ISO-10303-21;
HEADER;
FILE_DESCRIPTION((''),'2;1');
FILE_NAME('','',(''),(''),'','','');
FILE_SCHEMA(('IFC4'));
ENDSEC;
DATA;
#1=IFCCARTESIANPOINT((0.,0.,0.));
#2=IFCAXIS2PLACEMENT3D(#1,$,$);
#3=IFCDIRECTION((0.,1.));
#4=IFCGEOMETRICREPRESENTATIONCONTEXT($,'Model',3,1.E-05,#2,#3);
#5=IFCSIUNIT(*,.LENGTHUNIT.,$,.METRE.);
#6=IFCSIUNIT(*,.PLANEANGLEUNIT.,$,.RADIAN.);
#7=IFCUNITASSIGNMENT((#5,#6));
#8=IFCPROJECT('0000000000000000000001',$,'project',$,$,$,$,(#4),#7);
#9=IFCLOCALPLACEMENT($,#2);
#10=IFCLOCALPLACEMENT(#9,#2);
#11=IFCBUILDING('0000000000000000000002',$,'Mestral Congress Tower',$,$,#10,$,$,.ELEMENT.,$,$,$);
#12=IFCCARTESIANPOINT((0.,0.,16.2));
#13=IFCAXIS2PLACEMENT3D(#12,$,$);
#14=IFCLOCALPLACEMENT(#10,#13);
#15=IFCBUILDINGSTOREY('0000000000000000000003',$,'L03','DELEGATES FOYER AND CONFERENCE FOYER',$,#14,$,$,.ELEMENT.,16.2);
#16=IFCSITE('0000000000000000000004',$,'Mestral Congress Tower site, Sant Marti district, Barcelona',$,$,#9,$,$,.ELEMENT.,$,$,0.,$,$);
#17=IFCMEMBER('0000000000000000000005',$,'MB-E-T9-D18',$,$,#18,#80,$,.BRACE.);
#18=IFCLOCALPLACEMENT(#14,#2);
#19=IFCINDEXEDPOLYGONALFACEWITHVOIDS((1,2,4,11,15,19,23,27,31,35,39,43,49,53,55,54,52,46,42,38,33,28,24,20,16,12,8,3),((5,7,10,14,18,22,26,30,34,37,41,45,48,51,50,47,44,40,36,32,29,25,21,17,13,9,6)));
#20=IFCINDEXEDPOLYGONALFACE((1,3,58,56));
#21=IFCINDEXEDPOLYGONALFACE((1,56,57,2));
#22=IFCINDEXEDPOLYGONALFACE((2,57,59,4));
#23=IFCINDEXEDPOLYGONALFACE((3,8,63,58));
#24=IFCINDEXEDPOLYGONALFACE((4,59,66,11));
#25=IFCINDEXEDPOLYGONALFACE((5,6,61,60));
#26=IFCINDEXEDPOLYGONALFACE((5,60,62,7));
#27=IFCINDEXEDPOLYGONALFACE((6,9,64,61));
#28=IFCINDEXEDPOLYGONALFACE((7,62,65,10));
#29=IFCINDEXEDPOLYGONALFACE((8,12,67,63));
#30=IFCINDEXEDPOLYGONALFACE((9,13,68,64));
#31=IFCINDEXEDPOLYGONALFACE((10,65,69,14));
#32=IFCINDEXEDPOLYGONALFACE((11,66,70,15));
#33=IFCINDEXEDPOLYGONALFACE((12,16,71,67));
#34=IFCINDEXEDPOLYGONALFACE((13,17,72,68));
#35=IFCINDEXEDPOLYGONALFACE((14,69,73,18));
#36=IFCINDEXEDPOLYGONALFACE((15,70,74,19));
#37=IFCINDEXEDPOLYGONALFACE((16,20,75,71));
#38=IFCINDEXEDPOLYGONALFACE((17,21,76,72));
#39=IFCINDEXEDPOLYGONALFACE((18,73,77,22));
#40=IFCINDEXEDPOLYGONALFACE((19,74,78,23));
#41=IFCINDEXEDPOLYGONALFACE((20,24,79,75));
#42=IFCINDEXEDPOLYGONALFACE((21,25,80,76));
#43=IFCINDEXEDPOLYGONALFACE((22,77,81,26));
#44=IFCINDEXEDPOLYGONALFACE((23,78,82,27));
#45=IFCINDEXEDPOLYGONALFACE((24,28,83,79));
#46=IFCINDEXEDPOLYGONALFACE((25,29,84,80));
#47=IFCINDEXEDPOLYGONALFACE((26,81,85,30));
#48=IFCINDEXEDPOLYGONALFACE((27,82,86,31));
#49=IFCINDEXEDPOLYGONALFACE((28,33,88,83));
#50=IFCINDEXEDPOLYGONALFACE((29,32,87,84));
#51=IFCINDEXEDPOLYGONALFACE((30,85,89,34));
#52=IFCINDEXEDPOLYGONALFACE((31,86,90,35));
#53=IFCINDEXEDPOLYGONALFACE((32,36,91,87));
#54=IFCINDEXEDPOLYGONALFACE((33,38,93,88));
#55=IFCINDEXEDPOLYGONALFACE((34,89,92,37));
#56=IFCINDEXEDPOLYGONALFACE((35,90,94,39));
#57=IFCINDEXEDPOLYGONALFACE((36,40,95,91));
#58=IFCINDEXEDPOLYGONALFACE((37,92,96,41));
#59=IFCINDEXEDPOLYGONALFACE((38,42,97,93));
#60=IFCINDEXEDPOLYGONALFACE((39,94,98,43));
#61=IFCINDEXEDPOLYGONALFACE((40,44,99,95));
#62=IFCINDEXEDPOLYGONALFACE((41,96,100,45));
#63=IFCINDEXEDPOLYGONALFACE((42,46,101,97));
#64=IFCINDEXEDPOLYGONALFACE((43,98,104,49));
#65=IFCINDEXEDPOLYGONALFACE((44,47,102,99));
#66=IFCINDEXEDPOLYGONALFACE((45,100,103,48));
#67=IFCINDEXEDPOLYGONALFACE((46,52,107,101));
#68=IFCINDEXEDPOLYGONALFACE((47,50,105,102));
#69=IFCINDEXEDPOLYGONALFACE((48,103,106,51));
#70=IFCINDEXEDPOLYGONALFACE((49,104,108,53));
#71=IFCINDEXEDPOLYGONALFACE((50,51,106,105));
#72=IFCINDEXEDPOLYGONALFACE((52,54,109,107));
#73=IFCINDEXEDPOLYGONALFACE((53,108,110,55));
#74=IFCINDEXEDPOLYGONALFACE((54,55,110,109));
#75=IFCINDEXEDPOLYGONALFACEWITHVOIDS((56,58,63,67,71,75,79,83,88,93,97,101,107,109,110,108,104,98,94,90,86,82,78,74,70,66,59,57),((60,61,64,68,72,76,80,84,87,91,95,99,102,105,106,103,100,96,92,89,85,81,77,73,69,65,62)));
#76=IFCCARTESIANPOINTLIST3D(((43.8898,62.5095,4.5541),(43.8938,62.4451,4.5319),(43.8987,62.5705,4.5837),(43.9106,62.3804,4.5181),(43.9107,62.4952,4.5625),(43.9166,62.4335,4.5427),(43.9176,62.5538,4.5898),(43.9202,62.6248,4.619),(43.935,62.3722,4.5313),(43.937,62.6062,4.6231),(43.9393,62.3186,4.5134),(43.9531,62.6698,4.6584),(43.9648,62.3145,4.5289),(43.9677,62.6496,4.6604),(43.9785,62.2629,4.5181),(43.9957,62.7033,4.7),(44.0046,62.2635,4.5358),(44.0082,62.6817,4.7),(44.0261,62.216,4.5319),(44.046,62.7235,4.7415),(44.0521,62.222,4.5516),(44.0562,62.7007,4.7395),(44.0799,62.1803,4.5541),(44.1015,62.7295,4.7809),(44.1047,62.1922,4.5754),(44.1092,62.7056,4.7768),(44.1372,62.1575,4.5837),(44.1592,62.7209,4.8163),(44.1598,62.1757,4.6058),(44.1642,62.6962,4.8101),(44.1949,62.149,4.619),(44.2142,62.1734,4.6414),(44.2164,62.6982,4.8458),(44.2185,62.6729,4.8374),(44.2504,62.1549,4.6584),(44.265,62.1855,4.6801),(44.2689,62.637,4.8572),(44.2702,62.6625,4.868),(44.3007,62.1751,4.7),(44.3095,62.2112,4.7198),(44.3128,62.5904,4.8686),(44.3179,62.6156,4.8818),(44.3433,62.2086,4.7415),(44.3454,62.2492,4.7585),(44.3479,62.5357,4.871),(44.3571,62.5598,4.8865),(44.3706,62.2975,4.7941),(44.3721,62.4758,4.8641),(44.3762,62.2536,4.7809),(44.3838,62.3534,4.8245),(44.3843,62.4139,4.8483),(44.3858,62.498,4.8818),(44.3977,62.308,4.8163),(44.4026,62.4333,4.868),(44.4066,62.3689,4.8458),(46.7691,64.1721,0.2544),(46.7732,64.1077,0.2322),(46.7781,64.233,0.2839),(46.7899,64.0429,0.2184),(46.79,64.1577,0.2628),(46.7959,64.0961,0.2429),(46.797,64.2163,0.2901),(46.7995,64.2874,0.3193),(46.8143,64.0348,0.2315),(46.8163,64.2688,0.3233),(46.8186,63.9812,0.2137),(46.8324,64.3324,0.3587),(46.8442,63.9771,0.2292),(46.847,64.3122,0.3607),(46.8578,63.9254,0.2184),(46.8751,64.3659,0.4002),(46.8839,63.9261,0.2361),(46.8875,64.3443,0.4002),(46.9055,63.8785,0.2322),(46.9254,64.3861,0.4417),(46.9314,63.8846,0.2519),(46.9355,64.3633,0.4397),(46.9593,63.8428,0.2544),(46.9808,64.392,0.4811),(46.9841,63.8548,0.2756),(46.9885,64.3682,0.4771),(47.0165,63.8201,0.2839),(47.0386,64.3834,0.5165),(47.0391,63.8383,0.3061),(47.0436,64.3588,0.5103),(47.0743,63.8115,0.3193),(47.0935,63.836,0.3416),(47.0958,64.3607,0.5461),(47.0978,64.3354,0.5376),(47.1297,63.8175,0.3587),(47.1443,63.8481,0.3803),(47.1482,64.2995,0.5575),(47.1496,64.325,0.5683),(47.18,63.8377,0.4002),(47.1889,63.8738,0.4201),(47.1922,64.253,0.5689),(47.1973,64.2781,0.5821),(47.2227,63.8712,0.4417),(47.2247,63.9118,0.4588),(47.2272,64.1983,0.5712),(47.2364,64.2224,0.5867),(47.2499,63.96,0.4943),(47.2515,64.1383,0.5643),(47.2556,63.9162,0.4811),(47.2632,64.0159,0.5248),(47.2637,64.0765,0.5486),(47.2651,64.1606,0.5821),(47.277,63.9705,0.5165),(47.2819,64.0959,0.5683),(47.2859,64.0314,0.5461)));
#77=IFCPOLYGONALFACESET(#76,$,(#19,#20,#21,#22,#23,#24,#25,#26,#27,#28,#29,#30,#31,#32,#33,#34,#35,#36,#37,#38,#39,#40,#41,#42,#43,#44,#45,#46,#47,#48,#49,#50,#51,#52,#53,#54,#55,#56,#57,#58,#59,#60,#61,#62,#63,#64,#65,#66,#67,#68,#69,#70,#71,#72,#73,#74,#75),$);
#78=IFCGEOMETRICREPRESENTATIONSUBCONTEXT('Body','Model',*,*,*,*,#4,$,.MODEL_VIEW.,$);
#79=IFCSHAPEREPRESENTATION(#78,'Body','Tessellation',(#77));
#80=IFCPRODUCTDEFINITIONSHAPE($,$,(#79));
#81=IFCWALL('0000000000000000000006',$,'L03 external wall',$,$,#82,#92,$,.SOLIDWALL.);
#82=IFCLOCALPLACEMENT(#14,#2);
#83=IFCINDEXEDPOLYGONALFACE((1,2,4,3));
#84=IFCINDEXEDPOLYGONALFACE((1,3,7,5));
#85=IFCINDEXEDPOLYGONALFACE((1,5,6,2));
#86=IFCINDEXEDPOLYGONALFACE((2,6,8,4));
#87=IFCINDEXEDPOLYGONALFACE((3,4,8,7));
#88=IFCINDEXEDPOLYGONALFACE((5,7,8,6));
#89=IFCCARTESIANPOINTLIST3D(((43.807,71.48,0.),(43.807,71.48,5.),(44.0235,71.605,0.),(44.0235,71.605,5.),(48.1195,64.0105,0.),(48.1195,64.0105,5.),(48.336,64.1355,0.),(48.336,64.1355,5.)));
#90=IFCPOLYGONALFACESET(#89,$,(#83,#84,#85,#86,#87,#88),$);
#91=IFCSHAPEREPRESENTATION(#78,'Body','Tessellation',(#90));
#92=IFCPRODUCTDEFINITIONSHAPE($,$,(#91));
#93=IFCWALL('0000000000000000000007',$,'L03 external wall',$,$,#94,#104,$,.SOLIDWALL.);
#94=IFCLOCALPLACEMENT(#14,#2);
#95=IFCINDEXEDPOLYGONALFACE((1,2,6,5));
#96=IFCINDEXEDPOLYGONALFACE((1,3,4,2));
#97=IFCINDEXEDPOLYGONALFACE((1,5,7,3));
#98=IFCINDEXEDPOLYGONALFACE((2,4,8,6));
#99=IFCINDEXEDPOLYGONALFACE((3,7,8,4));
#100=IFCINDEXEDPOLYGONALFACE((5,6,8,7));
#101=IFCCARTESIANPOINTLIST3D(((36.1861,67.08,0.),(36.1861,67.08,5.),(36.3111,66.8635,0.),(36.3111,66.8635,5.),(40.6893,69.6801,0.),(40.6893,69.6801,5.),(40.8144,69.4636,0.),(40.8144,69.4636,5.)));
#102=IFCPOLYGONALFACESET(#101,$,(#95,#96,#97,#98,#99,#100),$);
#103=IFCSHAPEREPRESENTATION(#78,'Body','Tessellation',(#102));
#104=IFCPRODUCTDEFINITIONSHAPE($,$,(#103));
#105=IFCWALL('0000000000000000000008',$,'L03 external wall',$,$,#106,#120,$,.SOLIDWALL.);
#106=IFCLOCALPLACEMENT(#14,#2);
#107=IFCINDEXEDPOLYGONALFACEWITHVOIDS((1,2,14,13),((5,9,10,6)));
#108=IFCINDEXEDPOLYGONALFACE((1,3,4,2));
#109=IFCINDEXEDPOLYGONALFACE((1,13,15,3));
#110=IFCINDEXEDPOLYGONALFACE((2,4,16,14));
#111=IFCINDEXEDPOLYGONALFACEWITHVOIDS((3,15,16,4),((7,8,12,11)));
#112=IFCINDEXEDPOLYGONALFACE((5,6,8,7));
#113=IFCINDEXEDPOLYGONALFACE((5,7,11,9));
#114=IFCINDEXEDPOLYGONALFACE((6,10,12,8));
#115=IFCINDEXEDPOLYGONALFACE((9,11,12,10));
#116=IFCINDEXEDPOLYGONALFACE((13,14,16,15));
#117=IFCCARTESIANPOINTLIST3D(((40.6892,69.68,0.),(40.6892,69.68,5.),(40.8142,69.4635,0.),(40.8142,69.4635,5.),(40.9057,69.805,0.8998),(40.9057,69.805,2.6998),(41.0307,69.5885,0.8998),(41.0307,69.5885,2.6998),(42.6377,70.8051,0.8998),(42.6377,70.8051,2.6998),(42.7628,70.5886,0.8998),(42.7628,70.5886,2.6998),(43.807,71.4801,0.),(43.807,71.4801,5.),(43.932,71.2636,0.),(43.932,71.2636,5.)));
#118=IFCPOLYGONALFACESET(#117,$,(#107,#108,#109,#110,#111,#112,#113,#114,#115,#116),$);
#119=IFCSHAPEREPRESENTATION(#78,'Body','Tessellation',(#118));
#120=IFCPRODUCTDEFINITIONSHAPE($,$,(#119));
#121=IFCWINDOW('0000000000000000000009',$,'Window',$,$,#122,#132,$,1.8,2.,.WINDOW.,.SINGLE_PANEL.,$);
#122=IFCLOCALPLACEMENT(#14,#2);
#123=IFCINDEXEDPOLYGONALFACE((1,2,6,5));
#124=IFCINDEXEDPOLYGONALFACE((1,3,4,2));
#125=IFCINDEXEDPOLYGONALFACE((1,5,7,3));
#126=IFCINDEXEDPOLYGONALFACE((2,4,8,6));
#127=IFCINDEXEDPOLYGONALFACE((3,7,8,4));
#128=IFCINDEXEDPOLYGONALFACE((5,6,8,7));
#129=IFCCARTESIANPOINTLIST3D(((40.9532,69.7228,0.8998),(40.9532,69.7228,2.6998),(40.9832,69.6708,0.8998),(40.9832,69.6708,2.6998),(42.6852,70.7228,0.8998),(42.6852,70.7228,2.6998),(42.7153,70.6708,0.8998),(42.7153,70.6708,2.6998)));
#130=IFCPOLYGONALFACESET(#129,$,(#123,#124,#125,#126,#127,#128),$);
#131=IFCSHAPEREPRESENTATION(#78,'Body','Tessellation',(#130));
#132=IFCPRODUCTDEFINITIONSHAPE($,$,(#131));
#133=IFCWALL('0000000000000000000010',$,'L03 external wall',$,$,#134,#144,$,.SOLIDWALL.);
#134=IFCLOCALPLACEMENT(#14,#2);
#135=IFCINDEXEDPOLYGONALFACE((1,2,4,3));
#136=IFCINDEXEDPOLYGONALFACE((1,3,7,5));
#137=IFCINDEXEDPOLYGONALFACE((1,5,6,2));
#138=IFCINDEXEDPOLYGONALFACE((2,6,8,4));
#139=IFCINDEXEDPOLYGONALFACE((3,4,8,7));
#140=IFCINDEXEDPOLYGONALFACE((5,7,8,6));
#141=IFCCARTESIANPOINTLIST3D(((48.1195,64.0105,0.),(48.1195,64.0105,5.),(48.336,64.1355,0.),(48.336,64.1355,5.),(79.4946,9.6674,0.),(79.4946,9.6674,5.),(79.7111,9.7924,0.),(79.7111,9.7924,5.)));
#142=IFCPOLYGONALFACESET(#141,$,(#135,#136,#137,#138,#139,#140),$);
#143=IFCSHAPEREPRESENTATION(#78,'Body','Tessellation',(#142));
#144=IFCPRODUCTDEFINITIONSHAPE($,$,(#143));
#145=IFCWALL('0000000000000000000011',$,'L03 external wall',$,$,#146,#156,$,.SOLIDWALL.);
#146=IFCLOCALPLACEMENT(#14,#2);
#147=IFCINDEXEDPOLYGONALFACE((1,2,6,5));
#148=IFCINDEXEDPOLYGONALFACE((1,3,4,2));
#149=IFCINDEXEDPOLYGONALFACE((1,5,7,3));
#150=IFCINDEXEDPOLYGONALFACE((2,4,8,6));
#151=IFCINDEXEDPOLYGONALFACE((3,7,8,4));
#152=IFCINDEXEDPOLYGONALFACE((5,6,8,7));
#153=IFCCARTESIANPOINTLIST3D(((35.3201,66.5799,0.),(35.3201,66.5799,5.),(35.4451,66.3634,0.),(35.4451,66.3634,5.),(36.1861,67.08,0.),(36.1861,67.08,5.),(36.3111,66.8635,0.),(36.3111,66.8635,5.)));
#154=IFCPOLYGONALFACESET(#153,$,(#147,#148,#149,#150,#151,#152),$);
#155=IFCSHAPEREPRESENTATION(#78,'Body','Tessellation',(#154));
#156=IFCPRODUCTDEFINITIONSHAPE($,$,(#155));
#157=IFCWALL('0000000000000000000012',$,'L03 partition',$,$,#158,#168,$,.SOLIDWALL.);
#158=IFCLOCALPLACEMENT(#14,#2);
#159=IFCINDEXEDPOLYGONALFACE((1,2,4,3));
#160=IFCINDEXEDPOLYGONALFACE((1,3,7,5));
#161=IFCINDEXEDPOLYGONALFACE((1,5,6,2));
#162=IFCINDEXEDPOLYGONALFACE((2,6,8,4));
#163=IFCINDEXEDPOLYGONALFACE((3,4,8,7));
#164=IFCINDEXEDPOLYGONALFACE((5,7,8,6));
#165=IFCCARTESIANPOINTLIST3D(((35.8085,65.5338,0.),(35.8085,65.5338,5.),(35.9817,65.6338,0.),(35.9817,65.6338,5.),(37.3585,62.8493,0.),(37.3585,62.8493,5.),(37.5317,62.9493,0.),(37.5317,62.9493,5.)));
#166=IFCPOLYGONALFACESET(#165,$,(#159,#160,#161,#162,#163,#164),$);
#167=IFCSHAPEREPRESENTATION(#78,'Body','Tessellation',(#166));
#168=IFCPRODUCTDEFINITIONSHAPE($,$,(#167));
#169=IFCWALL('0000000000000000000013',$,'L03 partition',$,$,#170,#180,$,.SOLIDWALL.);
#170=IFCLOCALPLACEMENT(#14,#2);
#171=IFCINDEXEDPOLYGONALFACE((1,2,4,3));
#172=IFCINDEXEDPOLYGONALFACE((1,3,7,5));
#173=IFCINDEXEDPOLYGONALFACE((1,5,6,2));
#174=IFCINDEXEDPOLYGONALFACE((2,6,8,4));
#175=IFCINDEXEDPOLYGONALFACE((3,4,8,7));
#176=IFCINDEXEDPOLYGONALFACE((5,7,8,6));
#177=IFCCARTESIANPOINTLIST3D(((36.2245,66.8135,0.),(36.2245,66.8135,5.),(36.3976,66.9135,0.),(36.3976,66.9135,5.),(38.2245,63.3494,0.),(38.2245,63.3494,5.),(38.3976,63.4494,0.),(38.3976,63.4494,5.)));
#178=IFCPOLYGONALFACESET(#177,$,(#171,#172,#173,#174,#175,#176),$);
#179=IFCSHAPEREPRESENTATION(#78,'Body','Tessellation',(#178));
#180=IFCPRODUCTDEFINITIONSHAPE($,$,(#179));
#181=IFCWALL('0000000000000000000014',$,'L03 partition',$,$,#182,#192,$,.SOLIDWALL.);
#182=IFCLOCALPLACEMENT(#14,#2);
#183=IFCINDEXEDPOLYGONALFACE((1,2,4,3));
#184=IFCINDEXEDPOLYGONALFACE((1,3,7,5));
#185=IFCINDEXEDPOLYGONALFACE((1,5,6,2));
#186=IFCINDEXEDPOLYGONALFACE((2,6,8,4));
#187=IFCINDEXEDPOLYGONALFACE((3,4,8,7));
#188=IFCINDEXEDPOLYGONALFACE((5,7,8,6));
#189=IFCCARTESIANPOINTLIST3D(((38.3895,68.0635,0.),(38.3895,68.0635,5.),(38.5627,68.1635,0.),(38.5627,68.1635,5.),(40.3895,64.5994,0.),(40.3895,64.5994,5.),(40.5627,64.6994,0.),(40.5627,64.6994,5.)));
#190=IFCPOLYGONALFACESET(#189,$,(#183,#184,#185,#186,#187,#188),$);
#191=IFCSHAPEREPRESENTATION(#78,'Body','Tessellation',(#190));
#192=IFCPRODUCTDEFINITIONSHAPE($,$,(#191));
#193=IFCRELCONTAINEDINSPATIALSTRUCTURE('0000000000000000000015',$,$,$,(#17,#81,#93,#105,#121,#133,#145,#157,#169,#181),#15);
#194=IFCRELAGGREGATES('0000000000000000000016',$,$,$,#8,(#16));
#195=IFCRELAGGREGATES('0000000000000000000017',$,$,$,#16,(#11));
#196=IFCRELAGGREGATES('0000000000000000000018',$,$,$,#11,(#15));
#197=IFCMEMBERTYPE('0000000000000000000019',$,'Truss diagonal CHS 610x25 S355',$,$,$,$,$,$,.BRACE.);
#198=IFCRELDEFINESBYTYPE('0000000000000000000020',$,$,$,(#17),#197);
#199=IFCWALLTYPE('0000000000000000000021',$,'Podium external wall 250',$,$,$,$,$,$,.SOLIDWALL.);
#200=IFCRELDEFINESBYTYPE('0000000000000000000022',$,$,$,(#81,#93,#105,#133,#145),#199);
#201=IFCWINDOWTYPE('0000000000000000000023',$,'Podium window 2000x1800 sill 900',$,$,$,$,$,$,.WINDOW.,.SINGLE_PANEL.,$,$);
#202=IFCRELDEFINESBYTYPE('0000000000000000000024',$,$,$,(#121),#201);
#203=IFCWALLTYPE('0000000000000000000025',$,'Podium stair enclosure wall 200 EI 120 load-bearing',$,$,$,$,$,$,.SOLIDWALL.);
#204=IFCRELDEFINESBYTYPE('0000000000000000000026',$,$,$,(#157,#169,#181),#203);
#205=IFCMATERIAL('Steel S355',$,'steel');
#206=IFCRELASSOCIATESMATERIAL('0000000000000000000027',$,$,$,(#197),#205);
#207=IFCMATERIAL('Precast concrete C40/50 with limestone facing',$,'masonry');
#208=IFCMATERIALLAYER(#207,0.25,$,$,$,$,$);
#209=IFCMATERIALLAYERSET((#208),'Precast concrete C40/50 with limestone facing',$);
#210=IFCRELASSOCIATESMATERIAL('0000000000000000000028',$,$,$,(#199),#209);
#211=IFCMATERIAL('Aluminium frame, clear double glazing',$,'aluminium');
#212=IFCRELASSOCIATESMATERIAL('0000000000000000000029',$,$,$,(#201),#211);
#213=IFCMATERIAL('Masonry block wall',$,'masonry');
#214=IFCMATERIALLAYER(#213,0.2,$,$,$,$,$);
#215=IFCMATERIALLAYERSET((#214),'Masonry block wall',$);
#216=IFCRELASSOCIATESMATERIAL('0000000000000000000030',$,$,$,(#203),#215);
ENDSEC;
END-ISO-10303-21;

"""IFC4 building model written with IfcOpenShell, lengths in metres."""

from ifc_helpers import new_model, si_unit, direction, frame, frame_2d, origin, origin_2d, place, context, subcontext, project, spatial, rectangle, hollow_circle, extrude, material, layer, layer_set, material_profile, profile_set, type_object, element, fill, save


model = new_model("IFC4")

# Units and contexts
model_context = context("Model", 3, precision=1e-05, world=origin(), true_north=direction((0.0, 1.0)))
body_context = subcontext(model_context, "Body", "Model", "MODEL_VIEW")
ifc_project = project(units=[si_unit("LENGTHUNIT", "METRE"), si_unit("PLANEANGLEUNIT", "RADIAN")], contexts=[model_context])

# Site, building, storey
site_placement = place(None, origin())
site = spatial("IfcSite", under=ifc_project, at=site_placement, Name="Mestral Congress Tower site, Sant Marti district, Barcelona", CompositionType="ELEMENT", RefElevation=0.0)
building_placement = place(site_placement, origin())
building = spatial("IfcBuilding", under=site, at=building_placement, Name="Mestral Congress Tower", CompositionType="ELEMENT")
storey_placement = place(building_placement, frame((0.0, 0.0, 16.2)))
storey = spatial("IfcBuildingStorey", under=building, at=storey_placement, Name="L03", Description="DELEGATES FOYER AND CONFERENCE FOYER", CompositionType="ELEMENT", Elevation=16.2)

# Shared definitions
ifc_material_1 = material(Name="Steel S355", Category="steel")

# Member
ifc_material_profile_1 = material_profile(ifc_material_1, hollow_circle(Radius=0.3049, WallThickness=0.0249, at=origin_2d()), Name="CHS 610x25")
ifc_profile_set_1 = profile_set([ifc_material_profile_1], Name="Steel S355")
member_type_1 = type_object("IfcMemberType", Name="Truss diagonal CHS 610x25 S355", PredefinedType="BRACE", material=ifc_profile_set_1)
member_1_placement = place(storey_placement, frame((44.1482, 62.4392, 4.7), z_axis=(0.529749, 0.305884, -0.791076), x_axis=(-0.50004, 0.866002, 0.0)))
element("IfcMember", 1, at=member_1_placement, inside=storey, type_object=member_type_1, Name="MB-E-T9-D18", PredefinedType="BRACE", context=body_context, shape_type="SweptSolid", body=[
    extrude(hollow_circle(Radius=0.3049, WallThickness=0.0249, at=origin_2d()), origin(), (0.0, 0.0, 1.0), 5.4353),
])

# Walls
ifc_material_2 = material(Name="Precast concrete C40/50 with limestone facing", Category="masonry")
ifc_layer_1 = layer(ifc_material_2, 0.25)
ifc_layer_set_1 = layer_set([ifc_layer_1], Name="Precast concrete C40/50 with limestone facing")
wall_type_1 = type_object("IfcWallType", Name="Podium external wall 250", PredefinedType="SOLIDWALL", material=ifc_layer_set_1)
wall_1_placement = place(storey_placement, frame((43.9153, 71.5425, 0.0), z_axis=(0.0, 0.0, 1.0), x_axis=(0.499999, -0.866026, 0.0)))
element("IfcWall", 2, at=wall_1_placement, inside=storey, type_object=wall_type_1, Name="L03 external wall", PredefinedType="SOLIDWALL", context=body_context, shape_type="SweptSolid", body=[
    extrude(rectangle(XDim=8.625, YDim=0.25, at=frame_2d((4.3125, 0.0))), origin(), (0.0, 0.0, 1.0), 5.0),
])
wall_2_placement = place(storey_placement, frame((36.2485, 66.9717, 0.0), z_axis=(0.0, 0.0, 1.0), x_axis=(0.86601, 0.500027, 0.0)))
element("IfcWall", 3, at=wall_2_placement, inside=storey, type_object=wall_type_1, Name="L03 external wall", PredefinedType="SOLIDWALL", context=body_context, shape_type="SweptSolid", body=[
    extrude(rectangle(XDim=5.2, YDim=0.25, at=frame_2d((2.6001, 0.0))), origin(), (0.0, 0.0, 1.0), 5.0),
])

# Wall, opening, window
wall_3_placement = place(storey_placement, frame((40.7517, 69.5718, 0.0), z_axis=(0.0, 0.0, 1.0), x_axis=(0.866018, 0.500012, 0.0)))
wall_3 = element("IfcWall", 4, at=wall_3_placement, inside=storey, type_object=wall_type_1, Name="L03 external wall", PredefinedType="SOLIDWALL", context=body_context, shape_type="SweptSolid", body=[
    extrude(rectangle(XDim=3.6001, YDim=0.25, at=frame_2d((1.8, 0.0))), origin(), (0.0, 0.0, 1.0), 5.0),
])
opening_1_placement = place(wall_3_placement, frame((0.25, 0.0, 0.8999)))
opening_1 = element("IfcOpeningElement", 5, at=opening_1_placement, cuts=wall_3, PredefinedType="OPENING", context=body_context, shape_type="SweptSolid", body=[
    extrude(rectangle(XDim=2.0, YDim=1.8, at=frame_2d((1.0, 0.8999))), frame((0.0, 0.135, 0.0), z_axis=(0.0, -1.0, 0.0), x_axis=(1.0, 0.0, 0.0)), (0.0, 0.0, 1.0), 0.27),
])
ifc_material_3 = material(Name="Aluminium frame, clear double glazing", Category="aluminium")
window_type = type_object("IfcWindowType", Name="Podium window 2000x1800 sill 900", PartitioningType="SINGLE_PANEL", PredefinedType="WINDOW", material=ifc_material_3)
window_placement = place(opening_1_placement, origin())
window = element("IfcWindow", 6, at=window_placement, inside=storey, type_object=window_type, Name="Window", OverallHeight=1.8, OverallWidth=2.0, PartitioningType="SINGLE_PANEL", PredefinedType="WINDOW", context=body_context, shape_type="SweptSolid", body=[
    extrude(rectangle(XDim=2.0, YDim=1.8, at=frame_2d((1.0, 0.8999))), frame((0.0, 0.03, 0.0), z_axis=(0.0, -1.0, 0.0), x_axis=(1.0, 0.0, 0.0)), (0.0, 0.0, 1.0), 0.0601),
])
fill(opening_1, window)

# Walls
wall_4_placement = place(storey_placement, frame((48.2278, 64.073, 0.0), z_axis=(0.0, 0.0, 1.0), x_axis=(0.500001, -0.866025, 0.0)))
element("IfcWall", 7, at=wall_4_placement, inside=storey, type_object=wall_type_1, Name="L03 external wall", PredefinedType="SOLIDWALL", context=body_context, shape_type="SweptSolid", body=[
    extrude(rectangle(XDim=62.75, YDim=0.25, at=frame_2d((31.375, 0.0))), origin(), (0.0, 0.0, 1.0), 5.0),
])
wall_5_placement = place(storey_placement, frame((35.3826, 66.4717, 0.0), z_axis=(0.0, 0.0, 1.0), x_axis=(0.866011, 0.500025, 0.0)))
element("IfcWall", 8, at=wall_5_placement, inside=storey, type_object=wall_type_1, Name="L03 external wall", PredefinedType="SOLIDWALL", context=body_context, shape_type="SweptSolid", body=[
    extrude(rectangle(XDim=1.0, YDim=0.25, at=frame_2d((0.5, 0.0))), origin(), (0.0, 0.0, 1.0), 5.0),
])
ifc_material_4 = material(Name="Masonry block wall", Category="masonry")
ifc_layer_2 = layer(ifc_material_4, 0.2)
ifc_layer_set_2 = layer_set([ifc_layer_2], Name="Masonry block wall")
wall_type_2 = type_object("IfcWallType", Name="Podium stair enclosure wall 200 EI 120 load-bearing", PredefinedType="SOLIDWALL", material=ifc_layer_set_2)
wall_6_placement = place(storey_placement, frame((37.4451, 62.8994, 0.0), z_axis=(0.0, 0.0, 1.0), x_axis=(-0.500027, 0.86601, 0.0)))
element("IfcWall", 9, at=wall_6_placement, inside=storey, type_object=wall_type_2, Name="L03 partition", PredefinedType="SOLIDWALL", context=body_context, shape_type="SweptSolid", body=[
    extrude(rectangle(XDim=3.0999, YDim=0.2, at=frame_2d((1.5498, 0.0))), origin(), (0.0, 0.0, 1.0), 5.0),
])
for number, where, z_axis, x_axis, name in (
    (10, (38.311, 63.3994, 0.0), (0.0, 0.0, 1.0), (-0.499999, 0.866026, 0.0), "L03 partition"),
    (11, (40.4761, 64.6494, 0.0), (0.0, 0.0, 1.0), (-0.499999, 0.866026, 0.0), "L03 partition"),
):
    element("IfcWall", number, at=place(storey_placement, frame(where, z_axis=z_axis, x_axis=x_axis)), inside=storey, type_object=wall_type_2, Name=name, PredefinedType="SOLIDWALL", context=body_context, shape_type="SweptSolid", body=[
        extrude(rectangle(XDim=4.0, YDim=0.2, at=frame_2d((2.0, 0.0))), origin(), (0.0, 0.0, 1.0), 5.0),
    ])

save(model, "model.ifc")
